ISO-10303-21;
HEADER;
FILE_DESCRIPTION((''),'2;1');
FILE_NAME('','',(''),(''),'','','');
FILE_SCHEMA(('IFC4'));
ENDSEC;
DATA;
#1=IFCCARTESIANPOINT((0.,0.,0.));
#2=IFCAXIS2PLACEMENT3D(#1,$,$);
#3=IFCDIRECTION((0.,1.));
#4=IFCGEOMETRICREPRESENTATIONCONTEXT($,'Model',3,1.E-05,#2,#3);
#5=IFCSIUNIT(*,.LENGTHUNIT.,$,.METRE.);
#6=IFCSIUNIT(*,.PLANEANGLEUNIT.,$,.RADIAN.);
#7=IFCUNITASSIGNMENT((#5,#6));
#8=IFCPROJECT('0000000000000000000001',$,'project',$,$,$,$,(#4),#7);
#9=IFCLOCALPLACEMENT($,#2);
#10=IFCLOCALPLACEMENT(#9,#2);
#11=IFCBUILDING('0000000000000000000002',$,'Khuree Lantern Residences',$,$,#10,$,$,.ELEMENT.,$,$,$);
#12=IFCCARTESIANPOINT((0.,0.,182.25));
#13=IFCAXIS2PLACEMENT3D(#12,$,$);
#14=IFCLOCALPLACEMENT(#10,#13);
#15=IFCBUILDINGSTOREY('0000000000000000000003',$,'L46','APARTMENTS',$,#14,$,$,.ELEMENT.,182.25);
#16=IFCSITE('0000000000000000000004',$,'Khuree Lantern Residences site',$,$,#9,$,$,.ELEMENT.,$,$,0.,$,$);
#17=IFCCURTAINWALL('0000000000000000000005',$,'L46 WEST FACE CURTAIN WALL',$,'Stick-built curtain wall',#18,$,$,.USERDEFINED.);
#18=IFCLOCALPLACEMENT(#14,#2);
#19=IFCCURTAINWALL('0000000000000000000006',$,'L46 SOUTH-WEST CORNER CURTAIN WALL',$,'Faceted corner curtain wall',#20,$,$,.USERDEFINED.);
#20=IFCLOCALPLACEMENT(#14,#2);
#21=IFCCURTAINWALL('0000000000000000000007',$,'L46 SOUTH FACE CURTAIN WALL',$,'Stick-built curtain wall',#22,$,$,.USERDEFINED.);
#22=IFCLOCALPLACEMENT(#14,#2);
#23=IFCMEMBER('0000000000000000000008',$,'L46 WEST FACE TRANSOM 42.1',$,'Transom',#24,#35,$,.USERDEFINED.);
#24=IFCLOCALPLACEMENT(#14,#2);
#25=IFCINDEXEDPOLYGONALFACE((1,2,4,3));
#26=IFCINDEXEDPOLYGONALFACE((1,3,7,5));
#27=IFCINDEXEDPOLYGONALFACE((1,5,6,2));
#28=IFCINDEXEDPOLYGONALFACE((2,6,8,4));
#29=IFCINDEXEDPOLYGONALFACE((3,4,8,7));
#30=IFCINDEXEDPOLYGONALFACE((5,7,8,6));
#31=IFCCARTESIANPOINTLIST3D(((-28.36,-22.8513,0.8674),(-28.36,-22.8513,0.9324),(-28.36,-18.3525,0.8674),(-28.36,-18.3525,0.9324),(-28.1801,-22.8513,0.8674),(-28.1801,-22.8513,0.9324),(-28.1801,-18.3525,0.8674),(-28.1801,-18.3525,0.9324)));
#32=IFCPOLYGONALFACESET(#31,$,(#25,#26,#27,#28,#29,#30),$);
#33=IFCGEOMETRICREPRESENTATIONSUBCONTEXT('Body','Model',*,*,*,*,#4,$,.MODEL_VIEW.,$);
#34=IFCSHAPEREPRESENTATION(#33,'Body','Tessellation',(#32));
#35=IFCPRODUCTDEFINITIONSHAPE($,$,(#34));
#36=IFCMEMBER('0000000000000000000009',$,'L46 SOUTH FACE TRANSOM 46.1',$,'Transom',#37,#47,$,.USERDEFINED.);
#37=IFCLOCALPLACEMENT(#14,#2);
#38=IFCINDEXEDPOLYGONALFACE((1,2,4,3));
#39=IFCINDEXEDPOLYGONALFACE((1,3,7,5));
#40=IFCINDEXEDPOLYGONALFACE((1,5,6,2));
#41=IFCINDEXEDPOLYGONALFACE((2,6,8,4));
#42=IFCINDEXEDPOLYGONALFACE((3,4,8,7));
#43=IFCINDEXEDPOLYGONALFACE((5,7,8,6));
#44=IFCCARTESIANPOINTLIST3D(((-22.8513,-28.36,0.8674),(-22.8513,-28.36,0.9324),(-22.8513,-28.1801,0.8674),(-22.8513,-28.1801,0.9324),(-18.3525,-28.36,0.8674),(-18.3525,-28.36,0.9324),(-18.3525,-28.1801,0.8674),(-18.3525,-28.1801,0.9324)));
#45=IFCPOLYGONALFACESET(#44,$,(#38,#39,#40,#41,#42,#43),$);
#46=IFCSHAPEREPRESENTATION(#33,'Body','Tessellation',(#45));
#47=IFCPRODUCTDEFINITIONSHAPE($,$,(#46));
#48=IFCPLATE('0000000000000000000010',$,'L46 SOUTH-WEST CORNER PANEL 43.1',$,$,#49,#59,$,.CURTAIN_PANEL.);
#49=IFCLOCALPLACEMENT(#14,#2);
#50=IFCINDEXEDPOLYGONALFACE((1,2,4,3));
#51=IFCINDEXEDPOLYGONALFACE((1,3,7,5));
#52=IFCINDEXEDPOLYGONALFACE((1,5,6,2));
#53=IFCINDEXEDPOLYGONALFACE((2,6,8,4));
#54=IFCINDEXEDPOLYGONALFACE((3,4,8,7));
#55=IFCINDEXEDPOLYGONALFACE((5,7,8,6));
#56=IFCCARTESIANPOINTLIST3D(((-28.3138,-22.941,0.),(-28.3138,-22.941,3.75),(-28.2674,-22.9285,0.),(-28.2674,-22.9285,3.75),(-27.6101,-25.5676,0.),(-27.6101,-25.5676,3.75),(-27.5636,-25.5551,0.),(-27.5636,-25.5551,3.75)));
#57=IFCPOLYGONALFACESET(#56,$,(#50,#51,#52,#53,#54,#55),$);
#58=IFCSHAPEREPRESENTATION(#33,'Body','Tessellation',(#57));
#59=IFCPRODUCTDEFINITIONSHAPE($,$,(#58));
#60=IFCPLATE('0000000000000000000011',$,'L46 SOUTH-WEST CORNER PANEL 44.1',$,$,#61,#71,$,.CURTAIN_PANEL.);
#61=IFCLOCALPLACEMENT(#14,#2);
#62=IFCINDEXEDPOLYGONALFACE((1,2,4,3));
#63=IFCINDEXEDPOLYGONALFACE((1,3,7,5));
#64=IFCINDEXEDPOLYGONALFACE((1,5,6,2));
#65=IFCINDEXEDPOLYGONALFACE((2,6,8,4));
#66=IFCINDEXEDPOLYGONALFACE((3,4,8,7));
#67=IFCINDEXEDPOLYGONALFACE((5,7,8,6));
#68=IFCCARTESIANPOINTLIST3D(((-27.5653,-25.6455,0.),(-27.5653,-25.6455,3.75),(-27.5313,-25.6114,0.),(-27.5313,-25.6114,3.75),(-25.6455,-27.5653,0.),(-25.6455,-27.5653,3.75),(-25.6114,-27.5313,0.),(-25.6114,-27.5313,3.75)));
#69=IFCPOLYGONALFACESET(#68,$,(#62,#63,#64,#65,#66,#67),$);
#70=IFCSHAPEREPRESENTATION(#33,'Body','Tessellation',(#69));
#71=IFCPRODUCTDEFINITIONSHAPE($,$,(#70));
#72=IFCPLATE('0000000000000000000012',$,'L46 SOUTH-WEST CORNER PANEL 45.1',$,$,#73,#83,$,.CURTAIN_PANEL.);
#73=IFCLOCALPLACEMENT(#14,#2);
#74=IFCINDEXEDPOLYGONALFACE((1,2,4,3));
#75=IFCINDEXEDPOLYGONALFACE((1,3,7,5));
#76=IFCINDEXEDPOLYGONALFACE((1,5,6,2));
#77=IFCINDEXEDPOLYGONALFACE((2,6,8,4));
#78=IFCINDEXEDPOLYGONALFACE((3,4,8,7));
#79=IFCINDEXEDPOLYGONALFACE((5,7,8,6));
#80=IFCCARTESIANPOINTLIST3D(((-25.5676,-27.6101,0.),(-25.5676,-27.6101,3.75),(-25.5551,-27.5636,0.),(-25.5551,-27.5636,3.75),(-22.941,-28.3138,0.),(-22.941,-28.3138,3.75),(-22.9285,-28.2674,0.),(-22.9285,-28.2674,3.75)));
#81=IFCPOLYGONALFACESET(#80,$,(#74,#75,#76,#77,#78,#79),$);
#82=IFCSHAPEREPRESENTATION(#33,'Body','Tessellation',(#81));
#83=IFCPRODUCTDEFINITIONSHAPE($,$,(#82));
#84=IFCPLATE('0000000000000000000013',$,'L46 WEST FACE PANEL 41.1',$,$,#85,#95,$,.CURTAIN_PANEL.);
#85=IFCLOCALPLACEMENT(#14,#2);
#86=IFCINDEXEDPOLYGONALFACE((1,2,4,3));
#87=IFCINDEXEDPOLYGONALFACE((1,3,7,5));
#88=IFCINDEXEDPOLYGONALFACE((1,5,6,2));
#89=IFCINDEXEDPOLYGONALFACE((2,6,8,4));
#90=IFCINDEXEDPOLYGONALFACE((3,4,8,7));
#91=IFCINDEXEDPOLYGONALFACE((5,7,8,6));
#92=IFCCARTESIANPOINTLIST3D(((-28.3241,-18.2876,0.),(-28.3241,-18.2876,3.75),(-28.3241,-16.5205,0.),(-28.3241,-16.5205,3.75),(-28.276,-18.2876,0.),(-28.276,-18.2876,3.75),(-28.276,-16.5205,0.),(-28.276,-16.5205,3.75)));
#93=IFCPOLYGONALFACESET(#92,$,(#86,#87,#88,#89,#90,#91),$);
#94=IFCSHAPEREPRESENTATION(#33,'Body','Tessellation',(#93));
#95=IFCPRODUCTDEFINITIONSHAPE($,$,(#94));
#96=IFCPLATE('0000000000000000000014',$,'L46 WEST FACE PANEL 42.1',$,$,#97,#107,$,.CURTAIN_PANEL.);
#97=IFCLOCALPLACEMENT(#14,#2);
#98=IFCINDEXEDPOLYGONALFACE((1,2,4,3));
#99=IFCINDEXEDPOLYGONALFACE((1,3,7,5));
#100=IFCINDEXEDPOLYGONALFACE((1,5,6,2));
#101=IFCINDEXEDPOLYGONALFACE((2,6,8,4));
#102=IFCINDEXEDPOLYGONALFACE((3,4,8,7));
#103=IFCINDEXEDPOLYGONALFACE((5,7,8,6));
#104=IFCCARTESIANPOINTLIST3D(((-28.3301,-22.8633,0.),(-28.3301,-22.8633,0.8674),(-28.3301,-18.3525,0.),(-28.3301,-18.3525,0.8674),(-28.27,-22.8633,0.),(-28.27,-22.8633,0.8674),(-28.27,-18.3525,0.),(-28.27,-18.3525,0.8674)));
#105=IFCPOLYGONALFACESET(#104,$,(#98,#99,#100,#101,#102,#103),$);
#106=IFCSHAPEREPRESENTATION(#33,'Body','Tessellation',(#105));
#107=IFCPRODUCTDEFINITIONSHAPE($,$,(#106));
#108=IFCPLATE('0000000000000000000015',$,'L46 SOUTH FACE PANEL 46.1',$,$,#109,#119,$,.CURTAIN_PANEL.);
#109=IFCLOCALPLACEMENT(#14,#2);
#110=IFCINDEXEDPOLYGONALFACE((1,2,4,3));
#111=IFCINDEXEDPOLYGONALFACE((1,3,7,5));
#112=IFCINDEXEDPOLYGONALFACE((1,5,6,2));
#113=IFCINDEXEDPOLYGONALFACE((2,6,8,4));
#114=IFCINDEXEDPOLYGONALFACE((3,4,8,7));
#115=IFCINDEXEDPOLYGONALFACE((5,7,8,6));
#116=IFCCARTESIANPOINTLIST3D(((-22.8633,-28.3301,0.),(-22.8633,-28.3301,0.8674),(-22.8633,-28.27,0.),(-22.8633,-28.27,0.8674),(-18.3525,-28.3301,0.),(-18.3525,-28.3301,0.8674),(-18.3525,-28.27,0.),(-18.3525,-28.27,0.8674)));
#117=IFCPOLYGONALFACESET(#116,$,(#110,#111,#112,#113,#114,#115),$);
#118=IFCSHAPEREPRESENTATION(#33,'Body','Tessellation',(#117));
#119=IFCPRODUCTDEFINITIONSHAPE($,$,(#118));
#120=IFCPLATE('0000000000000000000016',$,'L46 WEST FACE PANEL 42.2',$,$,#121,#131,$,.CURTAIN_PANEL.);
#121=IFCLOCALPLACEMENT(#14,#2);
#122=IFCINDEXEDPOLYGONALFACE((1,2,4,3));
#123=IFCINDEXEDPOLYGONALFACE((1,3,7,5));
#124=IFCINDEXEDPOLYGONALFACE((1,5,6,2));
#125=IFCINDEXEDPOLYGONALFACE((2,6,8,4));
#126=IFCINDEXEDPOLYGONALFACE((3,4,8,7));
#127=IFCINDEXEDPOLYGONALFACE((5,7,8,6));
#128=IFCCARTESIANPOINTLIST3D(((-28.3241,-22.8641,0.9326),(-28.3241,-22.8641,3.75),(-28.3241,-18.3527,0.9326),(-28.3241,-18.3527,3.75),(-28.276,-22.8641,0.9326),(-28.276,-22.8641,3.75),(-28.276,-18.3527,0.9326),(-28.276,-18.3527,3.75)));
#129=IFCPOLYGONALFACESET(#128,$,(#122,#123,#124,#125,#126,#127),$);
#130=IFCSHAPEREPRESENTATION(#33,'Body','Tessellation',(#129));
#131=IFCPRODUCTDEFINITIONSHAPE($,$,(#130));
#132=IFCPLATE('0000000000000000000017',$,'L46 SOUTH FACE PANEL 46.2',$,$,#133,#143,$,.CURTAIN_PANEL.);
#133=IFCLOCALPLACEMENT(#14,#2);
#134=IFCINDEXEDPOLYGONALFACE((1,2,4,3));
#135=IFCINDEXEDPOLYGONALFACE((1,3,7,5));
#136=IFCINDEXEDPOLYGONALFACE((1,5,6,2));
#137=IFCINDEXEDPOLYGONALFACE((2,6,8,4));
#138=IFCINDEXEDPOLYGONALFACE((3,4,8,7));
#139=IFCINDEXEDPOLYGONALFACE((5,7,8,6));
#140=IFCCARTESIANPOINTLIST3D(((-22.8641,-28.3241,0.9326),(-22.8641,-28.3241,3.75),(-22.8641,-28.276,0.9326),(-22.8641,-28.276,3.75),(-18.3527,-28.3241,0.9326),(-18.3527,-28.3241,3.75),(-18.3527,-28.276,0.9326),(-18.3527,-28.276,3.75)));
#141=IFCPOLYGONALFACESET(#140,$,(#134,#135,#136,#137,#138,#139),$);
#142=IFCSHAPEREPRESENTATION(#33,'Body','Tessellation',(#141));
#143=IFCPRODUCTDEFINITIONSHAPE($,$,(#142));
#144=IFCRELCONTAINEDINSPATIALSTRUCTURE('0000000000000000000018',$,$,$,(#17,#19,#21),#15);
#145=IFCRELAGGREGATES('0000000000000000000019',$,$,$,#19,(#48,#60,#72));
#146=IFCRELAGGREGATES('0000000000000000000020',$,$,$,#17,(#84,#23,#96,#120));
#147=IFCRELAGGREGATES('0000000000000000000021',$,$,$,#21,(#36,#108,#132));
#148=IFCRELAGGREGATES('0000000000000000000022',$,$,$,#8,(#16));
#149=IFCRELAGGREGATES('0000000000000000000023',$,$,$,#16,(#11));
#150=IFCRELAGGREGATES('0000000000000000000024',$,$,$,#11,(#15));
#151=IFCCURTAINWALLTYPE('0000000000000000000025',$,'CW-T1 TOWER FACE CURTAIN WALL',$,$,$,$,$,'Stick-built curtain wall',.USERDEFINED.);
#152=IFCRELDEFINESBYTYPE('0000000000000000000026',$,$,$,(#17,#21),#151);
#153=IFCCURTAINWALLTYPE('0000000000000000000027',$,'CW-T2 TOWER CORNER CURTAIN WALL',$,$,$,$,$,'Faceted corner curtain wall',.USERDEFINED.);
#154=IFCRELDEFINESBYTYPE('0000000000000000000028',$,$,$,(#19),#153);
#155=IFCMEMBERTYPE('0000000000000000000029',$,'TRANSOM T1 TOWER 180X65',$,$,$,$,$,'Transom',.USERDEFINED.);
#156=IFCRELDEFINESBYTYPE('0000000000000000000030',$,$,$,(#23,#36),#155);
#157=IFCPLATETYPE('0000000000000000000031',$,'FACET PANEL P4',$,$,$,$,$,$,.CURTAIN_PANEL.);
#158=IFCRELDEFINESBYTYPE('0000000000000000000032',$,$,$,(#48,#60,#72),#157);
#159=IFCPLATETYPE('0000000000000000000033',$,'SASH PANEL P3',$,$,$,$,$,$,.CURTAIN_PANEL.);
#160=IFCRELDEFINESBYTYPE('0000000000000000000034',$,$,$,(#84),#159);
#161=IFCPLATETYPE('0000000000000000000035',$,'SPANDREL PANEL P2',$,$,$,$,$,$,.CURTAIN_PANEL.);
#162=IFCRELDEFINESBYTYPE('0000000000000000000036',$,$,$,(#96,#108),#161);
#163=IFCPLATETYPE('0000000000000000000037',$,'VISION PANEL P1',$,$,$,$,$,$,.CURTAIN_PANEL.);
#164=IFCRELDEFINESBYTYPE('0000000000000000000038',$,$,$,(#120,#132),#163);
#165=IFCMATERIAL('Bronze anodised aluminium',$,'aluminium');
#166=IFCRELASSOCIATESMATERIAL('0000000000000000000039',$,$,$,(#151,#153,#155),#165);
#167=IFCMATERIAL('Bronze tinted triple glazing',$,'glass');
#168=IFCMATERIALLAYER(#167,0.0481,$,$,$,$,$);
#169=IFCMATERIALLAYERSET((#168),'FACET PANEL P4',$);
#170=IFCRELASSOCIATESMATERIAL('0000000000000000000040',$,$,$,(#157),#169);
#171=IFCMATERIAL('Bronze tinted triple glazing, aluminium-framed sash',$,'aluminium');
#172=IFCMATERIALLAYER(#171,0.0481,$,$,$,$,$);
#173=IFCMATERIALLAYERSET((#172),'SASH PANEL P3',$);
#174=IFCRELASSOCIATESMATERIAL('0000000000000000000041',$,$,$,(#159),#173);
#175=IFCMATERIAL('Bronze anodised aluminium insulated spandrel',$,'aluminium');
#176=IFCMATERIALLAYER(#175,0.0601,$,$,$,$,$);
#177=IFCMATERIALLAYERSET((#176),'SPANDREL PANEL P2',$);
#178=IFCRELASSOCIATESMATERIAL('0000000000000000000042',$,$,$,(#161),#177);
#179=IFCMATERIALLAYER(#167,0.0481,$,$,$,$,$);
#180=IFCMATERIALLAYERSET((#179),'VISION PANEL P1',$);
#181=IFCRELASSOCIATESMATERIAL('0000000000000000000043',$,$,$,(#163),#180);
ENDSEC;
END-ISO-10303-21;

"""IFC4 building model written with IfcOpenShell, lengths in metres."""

from ifc_helpers import new_model, si_unit, direction, frame, origin, origin_2d, place, context, subcontext, project, spatial, rectangle, extrude, material, layer, layer_set, material_profile, profile_set, type_object, element, aggregate, save


model = new_model("IFC4")

# Units and contexts
model_context = context("Model", 3, precision=1e-05, world=origin(), true_north=direction((0.0, 1.0)))
body_context = subcontext(model_context, "Body", "Model", "MODEL_VIEW")
ifc_project = project(units=[si_unit("LENGTHUNIT", "METRE"), si_unit("PLANEANGLEUNIT", "RADIAN")], contexts=[model_context])

# Site, building, storey
site_placement = place(None, origin())
site = spatial("IfcSite", under=ifc_project, at=site_placement, Name="Khuree Lantern Residences site", CompositionType="ELEMENT", RefElevation=0.0)
building_placement = place(site_placement, origin())
building = spatial("IfcBuilding", under=site, at=building_placement, Name="Khuree Lantern Residences", CompositionType="ELEMENT")
storey_placement = place(building_placement, frame((0.0, 0.0, 182.25)))
storey = spatial("IfcBuildingStorey", under=building, at=storey_placement, Name="L46", Description="APARTMENTS", CompositionType="ELEMENT", Elevation=182.25)

# Curtain walls
ifc_material_1 = material(Name="Bronze anodised aluminium", Category="aluminium")
curtain_wall_type_1 = type_object("IfcCurtainWallType", Name="CW-T1 TOWER FACE CURTAIN WALL", ElementType="Stick-built curtain wall", PredefinedType="USERDEFINED", material=ifc_material_1)
curtain_wall_1_placement = place(storey_placement, origin())
curtain_wall_1 = element("IfcCurtainWall", 1, at=curtain_wall_1_placement, inside=storey, type_object=curtain_wall_type_1, Name="L46 WEST FACE CURTAIN WALL", ObjectType="Stick-built curtain wall", PredefinedType="USERDEFINED")
curtain_wall_type_2 = type_object("IfcCurtainWallType", Name="CW-T2 TOWER CORNER CURTAIN WALL", ElementType="Faceted corner curtain wall", PredefinedType="USERDEFINED", material=ifc_material_1)
curtain_wall_2_placement = place(storey_placement, origin())
curtain_wall_2 = element("IfcCurtainWall", 2, at=curtain_wall_2_placement, inside=storey, type_object=curtain_wall_type_2, Name="L46 SOUTH-WEST CORNER CURTAIN WALL", ObjectType="Faceted corner curtain wall", PredefinedType="USERDEFINED")

# Curtain wall
curtain_wall_3_placement = place(storey_placement, origin())
curtain_wall_3 = element("IfcCurtainWall", 3, at=curtain_wall_3_placement, inside=storey, type_object=curtain_wall_type_1, Name="L46 SOUTH FACE CURTAIN WALL", ObjectType="Stick-built curtain wall", PredefinedType="USERDEFINED")

# Members
ifc_material_profile_1 = material_profile(ifc_material_1, rectangle(XDim=0.1799, YDim=0.0649, at=origin_2d()), Name="T1 180X65")
ifc_profile_set_1 = profile_set([ifc_material_profile_1], Name="Bronze anodised aluminium")
member_type_1 = type_object("IfcMemberType", Name="TRANSOM T1 TOWER 180X65", ElementType="Transom", PredefinedType="USERDEFINED", material=ifc_profile_set_1)
member_1_placement = place(storey_placement, frame((-28.27, -18.3525, 0.8999), z_axis=(0.0, -1.0, 0.0), x_axis=(1.0, 0.0, 0.0)))
member_1 = element("IfcMember", 4, at=member_1_placement, type_object=member_type_1, Name="L46 WEST FACE TRANSOM 42.1", ObjectType="Transom", PredefinedType="USERDEFINED", context=body_context, shape_type="SweptSolid", body=[
    extrude(rectangle(XDim=0.1799, YDim=0.0649, at=origin_2d()), origin(), (0.0, 0.0, 1.0), 4.4988),
])
member_2_placement = place(storey_placement, frame((-22.8513, -28.27, 0.8999), z_axis=(1.0, 0.0, 0.0), x_axis=(0.0, 1.0, 0.0)))
member_2 = element("IfcMember", 5, at=member_2_placement, type_object=member_type_1, Name="L46 SOUTH FACE TRANSOM 46.1", ObjectType="Transom", PredefinedType="USERDEFINED", context=body_context, shape_type="SweptSolid", body=[
    extrude(rectangle(XDim=0.1799, YDim=0.0649, at=origin_2d()), origin(), (0.0, 0.0, 1.0), 4.4988),
])

# Plates
ifc_material_2 = material(Name="Bronze tinted triple glazing", Category="glass")
ifc_layer_1 = layer(ifc_material_2, 0.0481)
ifc_layer_set_1 = layer_set([ifc_layer_1], Name="FACET PANEL P4")
plate_type_1 = type_object("IfcPlateType", Name="FACET PANEL P4", PredefinedType="CURTAIN_PANEL", material=ifc_layer_set_1)
plate_1_placement = place(storey_placement, frame((-27.9387, -24.248, 0.0), z_axis=(0.0, 0.0, 1.0), x_axis=(0.258819, -0.965926, 0.0)))
plate_1 = element("IfcPlate", 6, at=plate_1_placement, type_object=plate_type_1, Name="L46 SOUTH-WEST CORNER PANEL 43.1", PredefinedType="CURTAIN_PANEL", context=body_context, shape_type="SweptSolid", body=[
    extrude(rectangle(XDim=2.7192, YDim=0.0481, at=origin_2d()), origin(), (0.0, 0.0, 1.0), 3.75),
])
plate_2_placement = place(storey_placement, frame((-26.5884, -26.5884, 0.0), z_axis=(0.0, 0.0, 1.0), x_axis=(0.707107, -0.707107, 0.0)))
plate_2 = element("IfcPlate", 7, at=plate_2_placement, type_object=plate_type_1, Name="L46 SOUTH-WEST CORNER PANEL 44.1", PredefinedType="CURTAIN_PANEL", context=body_context, shape_type="SweptSolid", body=[
    extrude(rectangle(XDim=2.7151, YDim=0.0481, at=origin_2d()), origin(), (0.0, 0.0, 1.0), 3.75),
])
plate_3_placement = place(storey_placement, frame((-24.248, -27.9387, 0.0), z_axis=(0.0, 0.0, 1.0), x_axis=(0.965926, -0.258819, 0.0)))
plate_3 = element("IfcPlate", 8, at=plate_3_placement, type_object=plate_type_1, Name="L46 SOUTH-WEST CORNER PANEL 45.1", PredefinedType="CURTAIN_PANEL", context=body_context, shape_type="SweptSolid", body=[
    extrude(rectangle(XDim=2.7192, YDim=0.0481, at=origin_2d()), origin(), (0.0, 0.0, 1.0), 3.75),
])
aggregate(curtain_wall_2, [plate_1, plate_2, plate_3])
ifc_material_3 = material(Name="Bronze tinted triple glazing, aluminium-framed sash", Category="aluminium")
ifc_layer_2 = layer(ifc_material_3, 0.0481)
ifc_layer_set_2 = layer_set([ifc_layer_2], Name="SASH PANEL P3")
plate_type_2 = type_object("IfcPlateType", Name="SASH PANEL P3", PredefinedType="CURTAIN_PANEL", material=ifc_layer_set_2)
plate_4_placement = place(storey_placement, frame((-28.3, -17.4041, 0.0), z_axis=(0.0, 0.0, 1.0), x_axis=(0.0, -1.0, 0.0)))
plate_4 = element("IfcPlate", 9, at=plate_4_placement, type_object=plate_type_2, Name="L46 WEST FACE PANEL 41.1", PredefinedType="CURTAIN_PANEL", context=body_context, shape_type="SweptSolid", body=[
    extrude(rectangle(XDim=1.7671, YDim=0.0481, at=origin_2d()), origin(), (0.0, 0.0, 1.0), 3.75),
])
ifc_material_4 = material(Name="Bronze anodised aluminium insulated spandrel", Category="aluminium")
ifc_layer_3 = layer(ifc_material_4, 0.0601)
ifc_layer_set_3 = layer_set([ifc_layer_3], Name="SPANDREL PANEL P2")
plate_type_3 = type_object("IfcPlateType", Name="SPANDREL PANEL P2", PredefinedType="CURTAIN_PANEL", material=ifc_layer_set_3)
plate_5_placement = place(storey_placement, frame((-28.3, -20.6079, 0.0), z_axis=(0.0, 0.0, 1.0), x_axis=(0.0, -1.0, 0.0)))
plate_5 = element("IfcPlate", 10, at=plate_5_placement, type_object=plate_type_3, Name="L46 WEST FACE PANEL 42.1", PredefinedType="CURTAIN_PANEL", context=body_context, shape_type="SweptSolid", body=[
    extrude(rectangle(XDim=4.5107, YDim=0.0601, at=origin_2d()), origin(), (0.0, 0.0, 1.0), 0.8674),
])
plate_6_placement = place(storey_placement, frame((-20.6079, -28.3, 0.0), z_axis=(0.0, 0.0, 1.0), x_axis=(1.0, 0.0, 0.0)))
plate_6 = element("IfcPlate", 11, at=plate_6_placement, type_object=plate_type_3, Name="L46 SOUTH FACE PANEL 46.1", PredefinedType="CURTAIN_PANEL", context=body_context, shape_type="SweptSolid", body=[
    extrude(rectangle(XDim=4.5107, YDim=0.0601, at=origin_2d()), origin(), (0.0, 0.0, 1.0), 0.8674),
])
ifc_layer_4 = layer(ifc_material_2, 0.0481)
ifc_layer_set_4 = layer_set([ifc_layer_4], Name="VISION PANEL P1")
plate_type_4 = type_object("IfcPlateType", Name="VISION PANEL P1", PredefinedType="CURTAIN_PANEL", material=ifc_layer_set_4)
plate_7_placement = place(storey_placement, frame((-28.3, -20.6084, 0.9326), z_axis=(0.0, 0.0, 1.0), x_axis=(0.0, -1.0, 0.0)))
plate_7 = element("IfcPlate", 12, at=plate_7_placement, type_object=plate_type_4, Name="L46 WEST FACE PANEL 42.2", PredefinedType="CURTAIN_PANEL", context=body_context, shape_type="SweptSolid", body=[
    extrude(rectangle(XDim=4.5115, YDim=0.0481, at=origin_2d()), origin(), (0.0, 0.0, 1.0), 2.8174),
])
aggregate(curtain_wall_1, [plate_4, member_1, plate_5, plate_7])
plate_8_placement = place(storey_placement, frame((-20.6084, -28.3, 0.9326), z_axis=(0.0, 0.0, 1.0), x_axis=(1.0, 0.0, 0.0)))
plate_8 = element("IfcPlate", 13, at=plate_8_placement, type_object=plate_type_4, Name="L46 SOUTH FACE PANEL 46.2", PredefinedType="CURTAIN_PANEL", context=body_context, shape_type="SweptSolid", body=[
    extrude(rectangle(XDim=4.5115, YDim=0.0481, at=origin_2d()), origin(), (0.0, 0.0, 1.0), 2.8174),
])
aggregate(curtain_wall_3, [member_2, plate_6, plate_8])

save(model, "model.ifc")
